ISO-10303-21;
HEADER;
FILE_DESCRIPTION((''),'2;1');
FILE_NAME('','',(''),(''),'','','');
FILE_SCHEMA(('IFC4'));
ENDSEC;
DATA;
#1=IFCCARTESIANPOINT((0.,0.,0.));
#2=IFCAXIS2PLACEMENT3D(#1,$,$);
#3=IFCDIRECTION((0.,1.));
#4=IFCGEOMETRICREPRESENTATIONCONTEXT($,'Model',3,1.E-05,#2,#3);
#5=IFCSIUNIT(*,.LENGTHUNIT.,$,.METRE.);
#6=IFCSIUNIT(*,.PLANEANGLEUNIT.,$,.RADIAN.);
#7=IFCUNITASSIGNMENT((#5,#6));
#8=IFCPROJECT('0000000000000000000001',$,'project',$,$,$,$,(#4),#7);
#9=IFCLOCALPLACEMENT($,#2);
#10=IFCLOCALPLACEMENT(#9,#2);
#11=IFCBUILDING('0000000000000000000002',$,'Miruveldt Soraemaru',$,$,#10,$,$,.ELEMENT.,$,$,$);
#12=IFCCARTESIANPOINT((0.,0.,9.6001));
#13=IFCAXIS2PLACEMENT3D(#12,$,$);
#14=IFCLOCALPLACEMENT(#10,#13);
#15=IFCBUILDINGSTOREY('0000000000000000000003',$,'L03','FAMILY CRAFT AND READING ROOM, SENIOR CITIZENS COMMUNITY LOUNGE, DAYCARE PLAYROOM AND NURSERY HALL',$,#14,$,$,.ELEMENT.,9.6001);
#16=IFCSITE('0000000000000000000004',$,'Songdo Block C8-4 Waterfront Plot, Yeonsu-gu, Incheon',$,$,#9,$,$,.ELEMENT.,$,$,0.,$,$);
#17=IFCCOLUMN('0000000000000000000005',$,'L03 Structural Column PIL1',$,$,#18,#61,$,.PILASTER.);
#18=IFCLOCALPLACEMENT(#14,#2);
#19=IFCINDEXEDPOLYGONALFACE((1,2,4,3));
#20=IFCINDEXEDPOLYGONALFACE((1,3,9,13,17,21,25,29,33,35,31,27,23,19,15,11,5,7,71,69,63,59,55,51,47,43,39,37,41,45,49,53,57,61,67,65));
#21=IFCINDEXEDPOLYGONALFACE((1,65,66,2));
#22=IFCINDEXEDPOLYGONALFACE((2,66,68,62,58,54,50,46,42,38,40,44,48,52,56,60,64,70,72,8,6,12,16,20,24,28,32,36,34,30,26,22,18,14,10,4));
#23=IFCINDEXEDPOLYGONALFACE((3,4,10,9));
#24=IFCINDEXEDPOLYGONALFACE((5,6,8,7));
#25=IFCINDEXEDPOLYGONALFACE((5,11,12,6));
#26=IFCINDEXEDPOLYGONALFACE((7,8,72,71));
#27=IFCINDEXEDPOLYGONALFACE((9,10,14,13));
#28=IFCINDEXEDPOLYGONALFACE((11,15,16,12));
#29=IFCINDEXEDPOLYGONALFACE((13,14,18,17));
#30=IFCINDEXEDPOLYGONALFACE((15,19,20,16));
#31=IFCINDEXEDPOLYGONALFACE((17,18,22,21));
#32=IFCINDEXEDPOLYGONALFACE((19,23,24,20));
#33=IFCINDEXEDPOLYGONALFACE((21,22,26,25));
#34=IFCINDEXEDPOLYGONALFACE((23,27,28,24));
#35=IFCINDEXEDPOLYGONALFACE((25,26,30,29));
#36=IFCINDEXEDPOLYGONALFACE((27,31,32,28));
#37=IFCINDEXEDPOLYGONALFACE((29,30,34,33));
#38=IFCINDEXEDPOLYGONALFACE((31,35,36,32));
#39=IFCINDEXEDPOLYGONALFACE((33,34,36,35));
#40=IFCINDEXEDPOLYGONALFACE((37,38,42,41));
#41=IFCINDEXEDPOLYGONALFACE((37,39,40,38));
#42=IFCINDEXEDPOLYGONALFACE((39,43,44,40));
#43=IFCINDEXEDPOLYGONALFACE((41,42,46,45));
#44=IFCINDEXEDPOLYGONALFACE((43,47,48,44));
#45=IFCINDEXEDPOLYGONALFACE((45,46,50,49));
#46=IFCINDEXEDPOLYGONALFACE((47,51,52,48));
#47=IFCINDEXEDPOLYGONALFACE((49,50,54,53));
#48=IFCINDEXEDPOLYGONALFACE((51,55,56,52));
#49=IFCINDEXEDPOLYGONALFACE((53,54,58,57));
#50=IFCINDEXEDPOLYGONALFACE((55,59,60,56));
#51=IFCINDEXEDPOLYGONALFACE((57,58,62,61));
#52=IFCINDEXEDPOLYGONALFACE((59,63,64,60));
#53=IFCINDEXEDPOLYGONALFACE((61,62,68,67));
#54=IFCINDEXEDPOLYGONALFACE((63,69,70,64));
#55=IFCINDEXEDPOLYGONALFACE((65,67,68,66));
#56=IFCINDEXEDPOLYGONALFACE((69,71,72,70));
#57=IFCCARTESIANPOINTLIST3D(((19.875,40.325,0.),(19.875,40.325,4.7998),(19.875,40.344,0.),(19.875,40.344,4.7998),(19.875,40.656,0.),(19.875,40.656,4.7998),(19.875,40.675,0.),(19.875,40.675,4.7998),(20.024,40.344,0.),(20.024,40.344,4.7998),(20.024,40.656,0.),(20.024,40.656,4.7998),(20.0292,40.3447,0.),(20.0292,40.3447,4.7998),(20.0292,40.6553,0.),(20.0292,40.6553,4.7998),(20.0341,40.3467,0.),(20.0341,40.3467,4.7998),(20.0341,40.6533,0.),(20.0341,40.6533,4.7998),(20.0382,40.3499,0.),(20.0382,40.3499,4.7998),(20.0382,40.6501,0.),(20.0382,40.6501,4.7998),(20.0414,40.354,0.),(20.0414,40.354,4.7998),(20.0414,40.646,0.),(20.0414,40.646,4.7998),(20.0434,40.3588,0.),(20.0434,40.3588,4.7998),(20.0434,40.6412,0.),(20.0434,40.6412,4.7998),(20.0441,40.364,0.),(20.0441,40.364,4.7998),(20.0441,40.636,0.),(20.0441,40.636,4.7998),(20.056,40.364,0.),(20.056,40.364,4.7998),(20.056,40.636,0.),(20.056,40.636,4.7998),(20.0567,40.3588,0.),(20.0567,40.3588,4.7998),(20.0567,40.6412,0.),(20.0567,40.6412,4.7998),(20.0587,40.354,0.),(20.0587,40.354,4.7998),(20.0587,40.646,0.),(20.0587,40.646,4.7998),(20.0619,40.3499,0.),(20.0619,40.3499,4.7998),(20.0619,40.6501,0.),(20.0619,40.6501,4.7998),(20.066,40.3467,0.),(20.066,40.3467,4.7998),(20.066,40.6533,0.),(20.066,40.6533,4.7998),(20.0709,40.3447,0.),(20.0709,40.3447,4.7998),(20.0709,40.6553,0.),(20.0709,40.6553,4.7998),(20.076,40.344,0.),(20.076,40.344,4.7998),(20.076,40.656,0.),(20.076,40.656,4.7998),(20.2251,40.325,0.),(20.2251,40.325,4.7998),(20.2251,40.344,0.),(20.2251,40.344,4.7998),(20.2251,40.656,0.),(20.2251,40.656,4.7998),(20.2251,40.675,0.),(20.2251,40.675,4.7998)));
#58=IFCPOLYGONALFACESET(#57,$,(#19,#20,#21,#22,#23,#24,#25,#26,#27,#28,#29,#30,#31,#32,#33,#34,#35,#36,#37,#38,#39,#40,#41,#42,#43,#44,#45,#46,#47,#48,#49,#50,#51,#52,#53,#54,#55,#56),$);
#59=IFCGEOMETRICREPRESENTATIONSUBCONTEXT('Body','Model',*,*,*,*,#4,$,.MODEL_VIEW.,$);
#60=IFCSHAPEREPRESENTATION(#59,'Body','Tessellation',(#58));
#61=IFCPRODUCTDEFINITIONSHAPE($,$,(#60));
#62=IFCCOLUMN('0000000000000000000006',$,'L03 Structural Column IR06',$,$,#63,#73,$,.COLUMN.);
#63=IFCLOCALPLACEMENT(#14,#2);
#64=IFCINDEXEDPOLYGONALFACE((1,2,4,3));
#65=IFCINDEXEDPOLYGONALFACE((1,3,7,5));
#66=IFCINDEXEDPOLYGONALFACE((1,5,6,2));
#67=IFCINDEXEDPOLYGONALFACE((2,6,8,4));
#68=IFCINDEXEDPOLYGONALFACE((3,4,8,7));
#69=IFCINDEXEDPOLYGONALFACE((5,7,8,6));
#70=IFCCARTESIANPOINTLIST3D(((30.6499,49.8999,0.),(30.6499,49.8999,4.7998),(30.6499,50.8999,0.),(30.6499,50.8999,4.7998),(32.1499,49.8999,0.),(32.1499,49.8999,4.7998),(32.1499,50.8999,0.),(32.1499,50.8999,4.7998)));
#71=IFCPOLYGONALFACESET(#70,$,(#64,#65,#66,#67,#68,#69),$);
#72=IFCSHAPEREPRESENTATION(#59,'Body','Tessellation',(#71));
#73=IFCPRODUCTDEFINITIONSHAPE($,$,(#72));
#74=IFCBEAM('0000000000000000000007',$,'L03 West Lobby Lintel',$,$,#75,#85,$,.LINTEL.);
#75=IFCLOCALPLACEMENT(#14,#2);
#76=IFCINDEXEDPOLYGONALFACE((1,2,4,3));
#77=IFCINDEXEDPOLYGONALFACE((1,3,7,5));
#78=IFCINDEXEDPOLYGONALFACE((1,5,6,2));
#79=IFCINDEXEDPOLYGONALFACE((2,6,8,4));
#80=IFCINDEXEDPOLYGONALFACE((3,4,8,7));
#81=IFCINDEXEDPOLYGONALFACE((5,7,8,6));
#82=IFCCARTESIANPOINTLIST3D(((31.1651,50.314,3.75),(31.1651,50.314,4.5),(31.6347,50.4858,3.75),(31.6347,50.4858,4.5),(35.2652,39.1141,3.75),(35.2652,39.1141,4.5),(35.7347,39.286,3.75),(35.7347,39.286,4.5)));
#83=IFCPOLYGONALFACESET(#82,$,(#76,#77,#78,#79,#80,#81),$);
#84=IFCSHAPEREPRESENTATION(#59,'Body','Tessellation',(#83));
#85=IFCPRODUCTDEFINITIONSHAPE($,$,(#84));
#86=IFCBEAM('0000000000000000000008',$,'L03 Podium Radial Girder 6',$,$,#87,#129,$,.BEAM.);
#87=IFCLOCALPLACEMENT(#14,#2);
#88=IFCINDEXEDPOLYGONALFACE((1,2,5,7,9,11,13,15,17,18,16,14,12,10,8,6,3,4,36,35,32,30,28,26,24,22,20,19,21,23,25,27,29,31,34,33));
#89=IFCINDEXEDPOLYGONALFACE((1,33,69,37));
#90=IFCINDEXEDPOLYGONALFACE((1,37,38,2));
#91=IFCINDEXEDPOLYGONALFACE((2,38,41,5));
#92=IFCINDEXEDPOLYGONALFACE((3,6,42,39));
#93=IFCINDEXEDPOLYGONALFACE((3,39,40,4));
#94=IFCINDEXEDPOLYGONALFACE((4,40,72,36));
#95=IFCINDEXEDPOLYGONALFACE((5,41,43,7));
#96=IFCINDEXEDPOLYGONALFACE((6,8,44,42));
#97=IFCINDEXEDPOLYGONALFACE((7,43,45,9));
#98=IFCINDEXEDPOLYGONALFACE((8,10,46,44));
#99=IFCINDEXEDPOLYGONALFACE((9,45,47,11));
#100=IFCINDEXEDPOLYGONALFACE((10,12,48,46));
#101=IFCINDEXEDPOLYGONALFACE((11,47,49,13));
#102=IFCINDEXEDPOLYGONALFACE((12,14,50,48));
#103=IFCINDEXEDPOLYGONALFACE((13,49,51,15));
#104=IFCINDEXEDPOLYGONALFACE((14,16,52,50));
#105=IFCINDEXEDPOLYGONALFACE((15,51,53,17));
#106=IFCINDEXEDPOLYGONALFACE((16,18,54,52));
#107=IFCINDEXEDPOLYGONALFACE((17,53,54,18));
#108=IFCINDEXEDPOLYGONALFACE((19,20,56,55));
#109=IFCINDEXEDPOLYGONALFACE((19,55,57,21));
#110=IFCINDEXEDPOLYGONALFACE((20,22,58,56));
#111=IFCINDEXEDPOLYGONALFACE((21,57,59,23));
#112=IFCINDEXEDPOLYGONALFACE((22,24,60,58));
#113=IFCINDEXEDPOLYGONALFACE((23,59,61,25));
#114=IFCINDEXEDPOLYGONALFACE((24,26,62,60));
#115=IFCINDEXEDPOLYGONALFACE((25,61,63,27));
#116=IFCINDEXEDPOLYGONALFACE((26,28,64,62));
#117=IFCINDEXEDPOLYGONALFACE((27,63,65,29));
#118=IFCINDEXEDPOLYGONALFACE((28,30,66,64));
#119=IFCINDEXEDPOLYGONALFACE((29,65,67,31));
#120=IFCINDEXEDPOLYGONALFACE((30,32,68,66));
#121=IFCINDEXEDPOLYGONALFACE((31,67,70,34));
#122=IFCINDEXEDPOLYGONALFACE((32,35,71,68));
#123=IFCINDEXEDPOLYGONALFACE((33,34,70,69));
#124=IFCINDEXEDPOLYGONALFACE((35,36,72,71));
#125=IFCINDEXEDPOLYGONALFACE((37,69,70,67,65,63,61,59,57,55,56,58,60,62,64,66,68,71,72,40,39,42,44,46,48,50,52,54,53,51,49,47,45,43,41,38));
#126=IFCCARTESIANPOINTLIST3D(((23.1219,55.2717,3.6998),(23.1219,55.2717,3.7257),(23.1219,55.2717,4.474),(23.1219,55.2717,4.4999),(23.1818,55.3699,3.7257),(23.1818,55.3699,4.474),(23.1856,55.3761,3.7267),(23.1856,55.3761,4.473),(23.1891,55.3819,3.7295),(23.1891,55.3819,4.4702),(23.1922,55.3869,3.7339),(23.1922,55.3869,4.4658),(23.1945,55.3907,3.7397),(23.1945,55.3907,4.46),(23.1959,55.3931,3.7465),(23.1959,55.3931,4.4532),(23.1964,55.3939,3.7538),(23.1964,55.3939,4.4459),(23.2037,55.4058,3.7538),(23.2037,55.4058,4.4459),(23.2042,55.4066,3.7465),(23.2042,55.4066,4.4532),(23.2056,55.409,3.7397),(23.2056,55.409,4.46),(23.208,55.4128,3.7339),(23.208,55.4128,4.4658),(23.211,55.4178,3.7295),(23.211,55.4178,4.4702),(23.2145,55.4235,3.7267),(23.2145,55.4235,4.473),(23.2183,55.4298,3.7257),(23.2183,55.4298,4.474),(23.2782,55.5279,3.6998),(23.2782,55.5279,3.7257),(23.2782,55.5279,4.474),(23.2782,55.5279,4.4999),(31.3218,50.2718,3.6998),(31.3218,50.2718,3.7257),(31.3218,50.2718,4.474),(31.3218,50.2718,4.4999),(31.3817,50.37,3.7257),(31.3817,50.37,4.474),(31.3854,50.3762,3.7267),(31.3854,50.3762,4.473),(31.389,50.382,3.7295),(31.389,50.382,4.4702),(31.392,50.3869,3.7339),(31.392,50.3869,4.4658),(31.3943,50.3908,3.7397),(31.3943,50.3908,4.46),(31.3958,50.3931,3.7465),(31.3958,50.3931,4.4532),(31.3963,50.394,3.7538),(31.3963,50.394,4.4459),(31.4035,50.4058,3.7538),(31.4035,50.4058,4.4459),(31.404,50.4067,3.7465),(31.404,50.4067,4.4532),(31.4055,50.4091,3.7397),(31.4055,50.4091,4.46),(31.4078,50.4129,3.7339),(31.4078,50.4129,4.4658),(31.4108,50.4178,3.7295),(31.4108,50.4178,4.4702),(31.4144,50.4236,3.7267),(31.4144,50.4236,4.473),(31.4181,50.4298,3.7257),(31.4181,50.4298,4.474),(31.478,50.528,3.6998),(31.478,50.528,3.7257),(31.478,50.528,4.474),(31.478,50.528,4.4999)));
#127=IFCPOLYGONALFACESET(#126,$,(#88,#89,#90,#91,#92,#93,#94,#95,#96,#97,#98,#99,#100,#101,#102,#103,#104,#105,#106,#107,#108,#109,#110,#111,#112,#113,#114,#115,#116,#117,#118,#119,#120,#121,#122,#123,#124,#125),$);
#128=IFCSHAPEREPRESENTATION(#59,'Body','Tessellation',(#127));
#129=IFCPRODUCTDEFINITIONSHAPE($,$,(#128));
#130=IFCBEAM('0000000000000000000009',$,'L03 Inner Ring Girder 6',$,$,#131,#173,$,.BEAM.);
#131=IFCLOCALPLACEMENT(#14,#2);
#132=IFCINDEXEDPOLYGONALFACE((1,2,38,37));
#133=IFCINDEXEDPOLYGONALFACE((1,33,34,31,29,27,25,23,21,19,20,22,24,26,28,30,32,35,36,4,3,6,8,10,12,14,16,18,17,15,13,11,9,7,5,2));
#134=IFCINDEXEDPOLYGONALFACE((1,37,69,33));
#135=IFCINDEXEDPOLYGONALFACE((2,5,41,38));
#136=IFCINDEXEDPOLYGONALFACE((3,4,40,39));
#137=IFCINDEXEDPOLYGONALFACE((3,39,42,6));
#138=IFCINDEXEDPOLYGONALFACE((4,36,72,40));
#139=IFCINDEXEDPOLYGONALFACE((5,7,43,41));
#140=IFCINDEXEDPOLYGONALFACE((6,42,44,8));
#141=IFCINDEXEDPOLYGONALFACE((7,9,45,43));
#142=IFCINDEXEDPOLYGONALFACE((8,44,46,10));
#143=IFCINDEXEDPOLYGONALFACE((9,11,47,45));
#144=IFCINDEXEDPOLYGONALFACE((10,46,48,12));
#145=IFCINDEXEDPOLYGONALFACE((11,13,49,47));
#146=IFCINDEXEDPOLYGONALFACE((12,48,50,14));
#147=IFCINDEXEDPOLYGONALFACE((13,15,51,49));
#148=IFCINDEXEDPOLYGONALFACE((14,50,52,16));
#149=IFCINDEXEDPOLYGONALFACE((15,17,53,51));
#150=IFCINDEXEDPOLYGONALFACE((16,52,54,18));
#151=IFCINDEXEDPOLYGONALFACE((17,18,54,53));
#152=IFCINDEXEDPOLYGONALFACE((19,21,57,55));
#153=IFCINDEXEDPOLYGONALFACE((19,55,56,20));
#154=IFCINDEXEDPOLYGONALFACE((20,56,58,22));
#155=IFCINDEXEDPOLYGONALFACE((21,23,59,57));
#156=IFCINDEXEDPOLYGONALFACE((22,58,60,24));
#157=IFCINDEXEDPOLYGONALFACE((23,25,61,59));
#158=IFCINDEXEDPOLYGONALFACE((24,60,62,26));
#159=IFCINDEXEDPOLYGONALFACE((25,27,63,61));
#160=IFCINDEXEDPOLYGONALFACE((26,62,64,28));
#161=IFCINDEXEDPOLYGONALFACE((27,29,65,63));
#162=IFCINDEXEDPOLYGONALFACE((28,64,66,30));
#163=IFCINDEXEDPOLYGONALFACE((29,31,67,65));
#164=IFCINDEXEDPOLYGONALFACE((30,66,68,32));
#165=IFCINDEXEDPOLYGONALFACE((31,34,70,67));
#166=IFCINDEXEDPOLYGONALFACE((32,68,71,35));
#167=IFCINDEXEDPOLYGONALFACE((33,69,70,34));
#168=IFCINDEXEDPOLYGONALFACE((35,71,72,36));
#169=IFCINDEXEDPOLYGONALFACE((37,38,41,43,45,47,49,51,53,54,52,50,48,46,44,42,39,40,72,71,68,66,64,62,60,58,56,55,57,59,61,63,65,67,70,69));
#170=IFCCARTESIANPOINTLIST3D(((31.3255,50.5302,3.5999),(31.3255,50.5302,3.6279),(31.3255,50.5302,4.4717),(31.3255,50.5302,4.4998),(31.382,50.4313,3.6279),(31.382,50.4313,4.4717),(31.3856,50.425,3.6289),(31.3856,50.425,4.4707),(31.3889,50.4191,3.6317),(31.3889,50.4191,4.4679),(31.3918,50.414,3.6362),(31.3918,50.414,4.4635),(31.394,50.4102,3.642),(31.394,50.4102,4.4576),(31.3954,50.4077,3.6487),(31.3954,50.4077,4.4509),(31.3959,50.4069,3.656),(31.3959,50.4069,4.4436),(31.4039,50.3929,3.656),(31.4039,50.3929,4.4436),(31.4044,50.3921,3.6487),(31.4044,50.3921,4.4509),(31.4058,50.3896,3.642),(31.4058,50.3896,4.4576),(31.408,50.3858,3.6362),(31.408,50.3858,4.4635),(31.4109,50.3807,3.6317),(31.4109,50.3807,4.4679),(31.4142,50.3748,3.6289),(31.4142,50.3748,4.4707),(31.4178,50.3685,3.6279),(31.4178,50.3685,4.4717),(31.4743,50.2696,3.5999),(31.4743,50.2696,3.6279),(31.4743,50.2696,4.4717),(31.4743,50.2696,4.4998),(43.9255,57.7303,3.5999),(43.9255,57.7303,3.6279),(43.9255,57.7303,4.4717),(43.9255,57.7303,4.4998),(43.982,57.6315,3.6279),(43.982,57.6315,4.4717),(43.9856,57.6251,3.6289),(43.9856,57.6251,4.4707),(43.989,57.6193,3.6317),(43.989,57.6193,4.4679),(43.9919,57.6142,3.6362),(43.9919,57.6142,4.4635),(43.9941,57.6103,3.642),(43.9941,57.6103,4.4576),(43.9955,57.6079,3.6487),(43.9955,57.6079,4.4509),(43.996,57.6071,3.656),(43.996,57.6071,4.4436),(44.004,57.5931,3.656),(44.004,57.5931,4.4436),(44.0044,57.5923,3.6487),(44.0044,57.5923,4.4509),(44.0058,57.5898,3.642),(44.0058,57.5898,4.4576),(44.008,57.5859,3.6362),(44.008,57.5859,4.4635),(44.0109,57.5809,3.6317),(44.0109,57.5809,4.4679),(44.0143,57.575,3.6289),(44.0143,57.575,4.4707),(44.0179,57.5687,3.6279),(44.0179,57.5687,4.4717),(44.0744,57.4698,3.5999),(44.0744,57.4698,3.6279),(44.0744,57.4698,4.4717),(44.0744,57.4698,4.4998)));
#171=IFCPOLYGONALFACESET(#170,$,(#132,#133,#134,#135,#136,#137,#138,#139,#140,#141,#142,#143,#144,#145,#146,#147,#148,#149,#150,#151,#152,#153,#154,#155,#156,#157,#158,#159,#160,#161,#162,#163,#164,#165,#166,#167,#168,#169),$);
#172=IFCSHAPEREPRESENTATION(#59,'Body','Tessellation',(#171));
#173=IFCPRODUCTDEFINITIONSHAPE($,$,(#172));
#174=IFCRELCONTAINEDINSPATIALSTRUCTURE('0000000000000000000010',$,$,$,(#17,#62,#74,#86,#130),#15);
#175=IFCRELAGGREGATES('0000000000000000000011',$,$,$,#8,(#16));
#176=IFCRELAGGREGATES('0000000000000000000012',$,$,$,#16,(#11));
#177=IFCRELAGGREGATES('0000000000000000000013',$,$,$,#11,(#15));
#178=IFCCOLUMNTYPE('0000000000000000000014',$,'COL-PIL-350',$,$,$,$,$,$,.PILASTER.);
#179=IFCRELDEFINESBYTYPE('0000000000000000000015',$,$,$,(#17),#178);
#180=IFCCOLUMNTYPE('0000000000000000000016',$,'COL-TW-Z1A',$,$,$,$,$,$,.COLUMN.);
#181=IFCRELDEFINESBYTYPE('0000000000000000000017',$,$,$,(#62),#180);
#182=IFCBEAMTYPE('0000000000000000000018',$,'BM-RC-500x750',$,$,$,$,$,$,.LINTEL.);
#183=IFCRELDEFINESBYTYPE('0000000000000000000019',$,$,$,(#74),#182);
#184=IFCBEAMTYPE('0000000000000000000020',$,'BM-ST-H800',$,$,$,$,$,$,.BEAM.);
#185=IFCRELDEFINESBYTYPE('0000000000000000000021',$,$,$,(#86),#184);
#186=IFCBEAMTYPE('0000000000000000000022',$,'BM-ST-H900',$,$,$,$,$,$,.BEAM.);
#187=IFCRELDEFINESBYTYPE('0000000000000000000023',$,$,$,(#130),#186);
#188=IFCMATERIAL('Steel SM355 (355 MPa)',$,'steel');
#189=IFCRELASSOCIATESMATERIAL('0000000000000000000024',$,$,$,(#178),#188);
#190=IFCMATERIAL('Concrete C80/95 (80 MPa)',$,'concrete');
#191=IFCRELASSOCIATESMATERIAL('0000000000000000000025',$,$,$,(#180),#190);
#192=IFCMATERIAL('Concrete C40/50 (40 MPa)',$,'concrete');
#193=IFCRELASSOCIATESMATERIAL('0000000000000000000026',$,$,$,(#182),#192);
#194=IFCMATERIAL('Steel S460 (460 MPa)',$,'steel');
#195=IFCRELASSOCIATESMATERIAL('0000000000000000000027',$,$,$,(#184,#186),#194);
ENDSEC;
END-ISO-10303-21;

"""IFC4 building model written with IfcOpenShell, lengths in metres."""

from ifc_helpers import new_model, si_unit, direction, frame, origin, origin_2d, place, context, subcontext, project, spatial, rectangle, i_section, extrude, material, material_profile, profile_set, type_object, element, save


model = new_model("IFC4")

# Units and contexts
model_context = context("Model", 3, precision=1e-05, world=origin(), true_north=direction((0.0, 1.0)))
body_context = subcontext(model_context, "Body", "Model", "MODEL_VIEW")
ifc_project = project(units=[si_unit("LENGTHUNIT", "METRE"), si_unit("PLANEANGLEUNIT", "RADIAN")], contexts=[model_context])

# Site, building, storey
site_placement = place(None, origin())
site = spatial("IfcSite", under=ifc_project, at=site_placement, Name="Songdo Block C8-4 Waterfront Plot, Yeonsu-gu, Incheon", CompositionType="ELEMENT", RefElevation=0.0)
building_placement = place(site_placement, origin())
building = spatial("IfcBuilding", under=site, at=building_placement, Name="Miruveldt Soraemaru", CompositionType="ELEMENT")
storey_placement = place(building_placement, frame((0.0, 0.0, 9.6001)))
storey = spatial("IfcBuildingStorey", under=building, at=storey_placement, Name="L03", Description="FAMILY CRAFT AND READING ROOM, SENIOR CITIZENS COMMUNITY LOUNGE, DAYCARE PLAYROOM AND NURSERY HALL", CompositionType="ELEMENT", Elevation=9.6001)

# Columns
ifc_material_1 = material(Name="Steel SM355 (355 MPa)", Category="steel")
ifc_material_profile_1 = material_profile(ifc_material_1, i_section(OverallWidth=0.3501, OverallDepth=0.3501, WebThickness=0.012, FlangeThickness=0.019, FilletRadius=0.02, at=origin_2d()), Name="Steel SM355 (355 MPa)", Category="steel")
ifc_profile_set_1 = profile_set([ifc_material_profile_1], Name="Steel SM355 (355 MPa)")
column_type_1 = type_object("IfcColumnType", Name="COL-PIL-350", PredefinedType="PILASTER", material=ifc_profile_set_1)
column_1_placement = place(storey_placement, frame((20.05, 40.5, 0.0), z_axis=(0.0, 0.0, 1.0), x_axis=(1.0, 0.0, 0.0)))
element("IfcColumn", 1, at=column_1_placement, inside=storey, type_object=column_type_1, Name="L03 Structural Column PIL1", PredefinedType="PILASTER", context=body_context, shape_type="SweptSolid", body=[
    extrude(i_section(OverallWidth=0.3501, OverallDepth=0.3501, WebThickness=0.012, FlangeThickness=0.019, FilletRadius=0.02, at=origin_2d()), origin(), (0.0, 0.0, 1.0), 4.7998),
])
ifc_material_2 = material(Name="Concrete C80/95 (80 MPa)", Category="concrete")
ifc_material_profile_2 = material_profile(ifc_material_2, rectangle(XDim=1.5, YDim=1.0, at=origin_2d()), Name="Concrete C80/95 (80 MPa)", Category="concrete")
ifc_profile_set_2 = profile_set([ifc_material_profile_2], Name="Concrete C80/95 (80 MPa)")
column_type_2 = type_object("IfcColumnType", Name="COL-TW-Z1A", PredefinedType="COLUMN", material=ifc_profile_set_2)
column_2_placement = place(storey_placement, frame((31.3999, 50.3999, 0.0), z_axis=(0.0, 0.0, 1.0), x_axis=(1.0, 0.0, 0.0)))
element("IfcColumn", 2, at=column_2_placement, inside=storey, type_object=column_type_2, Name="L03 Structural Column IR06", PredefinedType="COLUMN", context=body_context, shape_type="SweptSolid", body=[
    extrude(rectangle(XDim=1.5, YDim=1.0, at=origin_2d()), origin(), (0.0, 0.0, 1.0), 4.7998),
])

# Beams
ifc_material_3 = material(Name="Concrete C40/50 (40 MPa)", Category="concrete")
ifc_material_profile_3 = material_profile(ifc_material_3, rectangle(XDim=0.5, YDim=0.75, at=origin_2d()), Name="Concrete C40/50 (40 MPa)", Category="concrete")
ifc_profile_set_3 = profile_set([ifc_material_profile_3], Name="Concrete C40/50 (40 MPa)")
beam_type_1 = type_object("IfcBeamType", Name="BM-RC-500x750", PredefinedType="LINTEL", material=ifc_profile_set_3)
beam_1_placement = place(storey_placement, frame((31.3999, 50.3999, 4.125), z_axis=(0.34377, -0.939054, 0.0), x_axis=(0.939054, 0.34377, 0.0)))
element("IfcBeam", 3, at=beam_1_placement, inside=storey, type_object=beam_type_1, Name="L03 West Lobby Lintel", PredefinedType="LINTEL", context=body_context, shape_type="SweptSolid", body=[
    extrude(rectangle(XDim=0.5, YDim=0.75, at=origin_2d()), origin(), (0.0, 0.0, 1.0), 11.9268),
])
ifc_material_4 = material(Name="Steel S460 (460 MPa)", Category="steel")
ifc_material_profile_4 = material_profile(ifc_material_4, i_section(OverallWidth=0.3, OverallDepth=0.8, WebThickness=0.0139, FlangeThickness=0.0259, FilletRadius=0.0281, at=origin_2d()), Name="Steel S460 (460 MPa)", Category="steel")
ifc_profile_set_4 = profile_set([ifc_material_profile_4], Name="Steel S460 (460 MPa)")
beam_type_2 = type_object("IfcBeamType", Name="BM-ST-H800", PredefinedType="BEAM", material=ifc_profile_set_4)
beam_2_placement = place(storey_placement, frame((31.3999, 50.3999, 4.0999), z_axis=(-0.853795, 0.52061, 0.0), x_axis=(-0.52061, -0.853795, 0.0)))
element("IfcBeam", 4, at=beam_2_placement, inside=storey, type_object=beam_type_2, Name="L03 Podium Radial Girder 6", PredefinedType="BEAM", context=body_context, shape_type="SweptSolid", body=[
    extrude(i_section(OverallWidth=0.3, OverallDepth=0.8, WebThickness=0.0139, FlangeThickness=0.0259, FilletRadius=0.0281, at=origin_2d()), origin(), (0.0, 0.0, 1.0), 9.604),
])
ifc_material_profile_5 = material_profile(ifc_material_4, i_section(OverallWidth=0.3, OverallDepth=0.8999, WebThickness=0.0161, FlangeThickness=0.0281, FilletRadius=0.0281, at=origin_2d()), Name="Steel S460 (460 MPa)", Category="steel")
ifc_profile_set_5 = profile_set([ifc_material_profile_5], Name="Steel S460 (460 MPa)")
beam_type_3 = type_object("IfcBeamType", Name="BM-ST-H900", PredefinedType="BEAM", material=ifc_profile_set_5)
beam_3_placement = place(storey_placement, frame((31.3999, 50.3999, 4.0498), z_axis=(0.868239, 0.496146, 0.0), x_axis=(-0.496146, 0.868239, 0.0)))
element("IfcBeam", 5, at=beam_3_placement, inside=storey, type_object=beam_type_3, Name="L03 Inner Ring Girder 6", PredefinedType="BEAM", context=body_context, shape_type="SweptSolid", body=[
    extrude(i_section(OverallWidth=0.3, OverallDepth=0.8999, WebThickness=0.0161, FlangeThickness=0.0281, FilletRadius=0.0281, at=origin_2d()), origin(), (0.0, 0.0, 1.0), 14.5122),
])

save(model, "model.ifc")
